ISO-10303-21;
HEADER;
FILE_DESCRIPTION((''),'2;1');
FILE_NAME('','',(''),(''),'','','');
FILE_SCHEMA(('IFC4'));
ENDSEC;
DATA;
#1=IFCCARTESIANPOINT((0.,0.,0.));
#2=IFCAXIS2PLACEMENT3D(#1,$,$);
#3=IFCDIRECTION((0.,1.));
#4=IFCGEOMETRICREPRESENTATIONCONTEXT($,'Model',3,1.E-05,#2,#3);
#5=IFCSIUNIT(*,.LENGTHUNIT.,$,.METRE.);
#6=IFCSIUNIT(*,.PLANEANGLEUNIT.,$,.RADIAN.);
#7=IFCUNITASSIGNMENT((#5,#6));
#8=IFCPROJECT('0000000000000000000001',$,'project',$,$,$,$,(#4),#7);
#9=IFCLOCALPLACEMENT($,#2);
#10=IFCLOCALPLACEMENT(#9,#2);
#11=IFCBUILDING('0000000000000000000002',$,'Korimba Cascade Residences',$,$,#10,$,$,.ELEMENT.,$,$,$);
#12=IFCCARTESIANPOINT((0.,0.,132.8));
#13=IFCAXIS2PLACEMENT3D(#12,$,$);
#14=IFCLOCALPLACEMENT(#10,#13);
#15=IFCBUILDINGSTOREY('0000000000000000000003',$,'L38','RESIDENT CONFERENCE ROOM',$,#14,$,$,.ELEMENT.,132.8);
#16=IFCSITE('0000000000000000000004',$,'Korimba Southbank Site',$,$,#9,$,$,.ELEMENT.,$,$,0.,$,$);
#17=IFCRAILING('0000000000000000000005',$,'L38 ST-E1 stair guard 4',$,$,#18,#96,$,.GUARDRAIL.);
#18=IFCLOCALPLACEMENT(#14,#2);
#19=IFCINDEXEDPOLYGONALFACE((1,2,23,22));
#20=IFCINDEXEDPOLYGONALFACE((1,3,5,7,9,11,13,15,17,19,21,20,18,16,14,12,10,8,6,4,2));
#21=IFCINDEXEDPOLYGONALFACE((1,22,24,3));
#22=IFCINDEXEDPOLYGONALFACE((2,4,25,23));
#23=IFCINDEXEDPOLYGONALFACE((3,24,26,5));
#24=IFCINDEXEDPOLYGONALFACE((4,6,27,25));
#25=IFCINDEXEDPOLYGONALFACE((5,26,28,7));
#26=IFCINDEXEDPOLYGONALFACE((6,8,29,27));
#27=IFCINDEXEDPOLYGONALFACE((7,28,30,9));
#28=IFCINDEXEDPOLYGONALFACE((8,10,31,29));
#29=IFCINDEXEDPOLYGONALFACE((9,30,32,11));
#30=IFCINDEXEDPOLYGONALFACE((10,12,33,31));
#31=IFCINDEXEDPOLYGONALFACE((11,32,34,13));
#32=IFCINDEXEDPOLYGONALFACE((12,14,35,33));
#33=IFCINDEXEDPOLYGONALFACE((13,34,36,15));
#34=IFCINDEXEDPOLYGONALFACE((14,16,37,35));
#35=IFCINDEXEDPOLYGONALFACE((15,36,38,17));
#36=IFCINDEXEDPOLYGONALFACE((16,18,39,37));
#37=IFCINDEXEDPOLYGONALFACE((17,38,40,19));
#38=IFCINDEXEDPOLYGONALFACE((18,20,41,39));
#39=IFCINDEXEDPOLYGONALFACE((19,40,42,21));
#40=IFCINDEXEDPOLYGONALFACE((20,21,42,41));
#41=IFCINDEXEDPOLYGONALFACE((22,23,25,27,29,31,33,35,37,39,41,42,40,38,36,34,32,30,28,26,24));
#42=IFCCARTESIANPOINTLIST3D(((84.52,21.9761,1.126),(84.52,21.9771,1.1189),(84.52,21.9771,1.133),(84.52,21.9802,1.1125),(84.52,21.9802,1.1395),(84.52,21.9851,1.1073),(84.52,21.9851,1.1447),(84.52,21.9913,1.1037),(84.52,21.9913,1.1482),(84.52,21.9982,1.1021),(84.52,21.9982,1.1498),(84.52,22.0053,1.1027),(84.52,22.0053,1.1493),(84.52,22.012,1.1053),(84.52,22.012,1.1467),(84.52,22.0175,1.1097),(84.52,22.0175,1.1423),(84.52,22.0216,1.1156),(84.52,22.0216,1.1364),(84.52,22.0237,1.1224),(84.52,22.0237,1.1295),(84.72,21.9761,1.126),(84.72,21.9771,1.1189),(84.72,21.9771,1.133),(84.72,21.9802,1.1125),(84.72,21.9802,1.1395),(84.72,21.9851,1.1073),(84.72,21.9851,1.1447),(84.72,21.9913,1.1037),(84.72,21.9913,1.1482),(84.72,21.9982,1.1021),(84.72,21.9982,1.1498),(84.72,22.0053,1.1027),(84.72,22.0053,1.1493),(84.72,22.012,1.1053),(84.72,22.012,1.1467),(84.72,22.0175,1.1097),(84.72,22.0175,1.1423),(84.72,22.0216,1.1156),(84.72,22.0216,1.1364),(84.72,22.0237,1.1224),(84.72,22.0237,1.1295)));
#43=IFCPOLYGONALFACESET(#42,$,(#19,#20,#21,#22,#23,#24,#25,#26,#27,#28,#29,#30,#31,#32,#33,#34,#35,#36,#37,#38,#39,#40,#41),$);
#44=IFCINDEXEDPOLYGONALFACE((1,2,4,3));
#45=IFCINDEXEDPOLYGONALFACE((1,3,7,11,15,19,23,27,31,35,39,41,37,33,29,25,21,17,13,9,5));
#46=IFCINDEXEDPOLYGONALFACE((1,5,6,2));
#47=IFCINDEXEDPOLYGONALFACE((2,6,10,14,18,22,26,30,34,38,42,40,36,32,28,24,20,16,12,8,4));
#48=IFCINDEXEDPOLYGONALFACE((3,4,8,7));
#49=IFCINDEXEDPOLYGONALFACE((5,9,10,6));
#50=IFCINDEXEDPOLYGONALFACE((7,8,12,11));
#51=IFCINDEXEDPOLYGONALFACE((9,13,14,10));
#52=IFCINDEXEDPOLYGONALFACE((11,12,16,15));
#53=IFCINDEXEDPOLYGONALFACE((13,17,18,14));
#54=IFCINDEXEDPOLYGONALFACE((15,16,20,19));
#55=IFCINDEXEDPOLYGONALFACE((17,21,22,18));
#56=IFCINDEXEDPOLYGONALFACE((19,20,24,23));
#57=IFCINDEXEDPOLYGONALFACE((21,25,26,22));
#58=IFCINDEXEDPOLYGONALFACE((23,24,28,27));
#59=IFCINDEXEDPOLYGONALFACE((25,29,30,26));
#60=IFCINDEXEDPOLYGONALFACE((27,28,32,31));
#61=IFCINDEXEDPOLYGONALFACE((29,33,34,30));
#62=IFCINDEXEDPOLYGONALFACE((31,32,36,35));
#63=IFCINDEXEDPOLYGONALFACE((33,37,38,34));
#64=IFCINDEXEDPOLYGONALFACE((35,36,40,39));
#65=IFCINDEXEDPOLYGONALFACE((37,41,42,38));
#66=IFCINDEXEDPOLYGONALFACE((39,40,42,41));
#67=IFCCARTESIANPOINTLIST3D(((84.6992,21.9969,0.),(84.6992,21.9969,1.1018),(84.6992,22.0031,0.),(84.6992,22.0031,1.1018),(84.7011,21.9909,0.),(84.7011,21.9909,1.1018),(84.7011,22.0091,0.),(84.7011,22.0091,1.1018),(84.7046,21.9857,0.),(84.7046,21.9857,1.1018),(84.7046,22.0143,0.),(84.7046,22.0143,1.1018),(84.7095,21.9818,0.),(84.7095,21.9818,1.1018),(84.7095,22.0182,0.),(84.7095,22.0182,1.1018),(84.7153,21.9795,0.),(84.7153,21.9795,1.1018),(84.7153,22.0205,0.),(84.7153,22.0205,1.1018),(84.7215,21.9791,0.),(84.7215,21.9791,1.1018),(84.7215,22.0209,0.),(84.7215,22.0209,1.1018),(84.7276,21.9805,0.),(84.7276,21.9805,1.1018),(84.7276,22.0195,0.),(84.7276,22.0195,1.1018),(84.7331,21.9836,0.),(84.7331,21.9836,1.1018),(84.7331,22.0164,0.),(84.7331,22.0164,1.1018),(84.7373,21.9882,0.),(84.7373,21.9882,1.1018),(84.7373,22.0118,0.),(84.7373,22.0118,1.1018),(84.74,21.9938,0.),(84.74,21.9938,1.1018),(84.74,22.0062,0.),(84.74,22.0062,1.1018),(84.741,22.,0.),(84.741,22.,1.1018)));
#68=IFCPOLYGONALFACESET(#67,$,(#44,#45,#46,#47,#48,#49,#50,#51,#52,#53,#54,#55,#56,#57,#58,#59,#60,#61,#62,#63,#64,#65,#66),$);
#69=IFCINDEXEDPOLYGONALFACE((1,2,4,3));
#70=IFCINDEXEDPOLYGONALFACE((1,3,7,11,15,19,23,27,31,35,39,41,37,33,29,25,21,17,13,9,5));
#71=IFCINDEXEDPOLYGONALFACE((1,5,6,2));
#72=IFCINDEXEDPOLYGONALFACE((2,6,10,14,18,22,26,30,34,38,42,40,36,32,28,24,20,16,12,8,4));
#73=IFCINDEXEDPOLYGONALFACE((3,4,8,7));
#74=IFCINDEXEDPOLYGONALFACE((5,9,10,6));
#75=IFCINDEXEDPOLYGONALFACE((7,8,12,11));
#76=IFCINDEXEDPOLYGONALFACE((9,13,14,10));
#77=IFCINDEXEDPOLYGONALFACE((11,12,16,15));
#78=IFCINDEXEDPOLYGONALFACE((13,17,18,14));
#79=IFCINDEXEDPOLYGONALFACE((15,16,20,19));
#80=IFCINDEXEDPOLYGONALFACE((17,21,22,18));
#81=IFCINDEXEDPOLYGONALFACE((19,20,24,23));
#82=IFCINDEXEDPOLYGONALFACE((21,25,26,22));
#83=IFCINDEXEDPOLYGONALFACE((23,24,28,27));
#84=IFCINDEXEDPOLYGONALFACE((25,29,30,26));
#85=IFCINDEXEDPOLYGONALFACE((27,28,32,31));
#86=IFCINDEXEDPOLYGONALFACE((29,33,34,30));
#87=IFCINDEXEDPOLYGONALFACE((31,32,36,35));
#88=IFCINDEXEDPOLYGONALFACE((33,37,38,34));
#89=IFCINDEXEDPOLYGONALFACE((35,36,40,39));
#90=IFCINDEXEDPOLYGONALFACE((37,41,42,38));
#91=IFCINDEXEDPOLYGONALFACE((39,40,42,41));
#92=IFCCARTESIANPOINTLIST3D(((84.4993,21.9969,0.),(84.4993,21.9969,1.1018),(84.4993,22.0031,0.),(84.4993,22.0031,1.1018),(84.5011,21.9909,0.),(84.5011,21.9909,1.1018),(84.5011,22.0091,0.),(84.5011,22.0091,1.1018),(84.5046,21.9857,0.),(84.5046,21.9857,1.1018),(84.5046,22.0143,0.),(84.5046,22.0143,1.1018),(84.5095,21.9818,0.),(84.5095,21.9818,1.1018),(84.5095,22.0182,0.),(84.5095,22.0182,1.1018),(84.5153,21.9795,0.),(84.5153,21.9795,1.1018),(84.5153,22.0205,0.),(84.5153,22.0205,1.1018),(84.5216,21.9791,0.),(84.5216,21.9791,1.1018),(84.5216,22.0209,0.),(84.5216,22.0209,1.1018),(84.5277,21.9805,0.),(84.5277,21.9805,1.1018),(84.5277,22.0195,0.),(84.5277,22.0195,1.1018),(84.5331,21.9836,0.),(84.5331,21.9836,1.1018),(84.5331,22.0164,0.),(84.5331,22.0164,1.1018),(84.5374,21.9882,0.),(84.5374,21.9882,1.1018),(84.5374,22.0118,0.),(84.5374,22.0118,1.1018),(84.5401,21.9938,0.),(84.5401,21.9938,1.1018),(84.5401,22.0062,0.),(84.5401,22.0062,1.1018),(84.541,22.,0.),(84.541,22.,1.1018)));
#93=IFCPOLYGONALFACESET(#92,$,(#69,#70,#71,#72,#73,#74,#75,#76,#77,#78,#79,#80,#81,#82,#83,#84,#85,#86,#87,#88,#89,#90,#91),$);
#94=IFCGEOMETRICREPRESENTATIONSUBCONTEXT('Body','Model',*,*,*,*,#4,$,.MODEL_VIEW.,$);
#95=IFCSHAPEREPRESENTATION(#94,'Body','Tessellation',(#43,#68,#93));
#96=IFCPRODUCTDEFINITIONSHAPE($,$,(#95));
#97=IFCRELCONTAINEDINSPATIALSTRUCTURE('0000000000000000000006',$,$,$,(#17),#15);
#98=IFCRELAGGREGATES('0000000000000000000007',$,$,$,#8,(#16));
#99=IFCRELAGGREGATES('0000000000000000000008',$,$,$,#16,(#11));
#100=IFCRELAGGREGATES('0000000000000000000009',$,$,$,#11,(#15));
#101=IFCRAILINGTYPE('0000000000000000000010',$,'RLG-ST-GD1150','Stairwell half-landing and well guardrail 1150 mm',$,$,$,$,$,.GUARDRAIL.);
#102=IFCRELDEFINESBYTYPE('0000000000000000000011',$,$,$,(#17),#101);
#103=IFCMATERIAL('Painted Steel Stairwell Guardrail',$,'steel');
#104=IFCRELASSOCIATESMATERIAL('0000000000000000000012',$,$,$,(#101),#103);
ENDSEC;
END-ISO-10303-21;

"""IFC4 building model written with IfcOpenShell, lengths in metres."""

from ifc_helpers import new_model, si_unit, direction, frame, origin, origin_2d, place, context, subcontext, project, spatial, circle, extrude, material, type_object, element, save


model = new_model("IFC4")

# Units and contexts
model_context = context("Model", 3, precision=1e-05, world=origin(), true_north=direction((0.0, 1.0)))
body_context = subcontext(model_context, "Body", "Model", "MODEL_VIEW")
ifc_project = project(units=[si_unit("LENGTHUNIT", "METRE"), si_unit("PLANEANGLEUNIT", "RADIAN")], contexts=[model_context])

# Site, building, storey
site_placement = place(None, origin())
site = spatial("IfcSite", under=ifc_project, at=site_placement, Name="Korimba Southbank Site", CompositionType="ELEMENT", RefElevation=0.0)
building_placement = place(site_placement, origin())
building = spatial("IfcBuilding", under=site, at=building_placement, Name="Korimba Cascade Residences", CompositionType="ELEMENT")
storey_placement = place(building_placement, frame((0.0, 0.0, 132.8)))
storey = spatial("IfcBuildingStorey", under=building, at=storey_placement, Name="L38", Description="RESIDENT CONFERENCE ROOM", CompositionType="ELEMENT", Elevation=132.8)

# Railing
ifc_material_1 = material(Name="Painted Steel Stairwell Guardrail", Category="steel")
railing_type_1 = type_object("IfcRailingType", Name="RLG-ST-GD1150", Description="Stairwell half-landing and well guardrail 1150 mm", PredefinedType="GUARDRAIL", material=ifc_material_1)
railing_1_placement = place(storey_placement, frame((84.72, 22.0, 0.0)))
element("IfcRailing", 1, at=railing_1_placement, inside=storey, type_object=railing_type_1, Name="L38 ST-E1 stair guard 4", PredefinedType="GUARDRAIL", context=body_context, shape_type="SweptSolid", body=[
    extrude(circle(Radius=0.0239, at=origin_2d()), frame((0.0, 0.0, 1.126), z_axis=(-1.0, 0.0, 0.0), x_axis=(0.0, -1.0, 0.0)), (0.0, 0.0, 1.0), 0.2),
    extrude(circle(Radius=0.021, at=origin_2d()), origin(), (0.0, 0.0, 1.0), 1.1018),
    extrude(circle(Radius=0.021, at=origin_2d()), frame((-0.2, 0.0, 0.0)), (0.0, 0.0, 1.0), 1.1018),
])

save(model, "model.ifc")
